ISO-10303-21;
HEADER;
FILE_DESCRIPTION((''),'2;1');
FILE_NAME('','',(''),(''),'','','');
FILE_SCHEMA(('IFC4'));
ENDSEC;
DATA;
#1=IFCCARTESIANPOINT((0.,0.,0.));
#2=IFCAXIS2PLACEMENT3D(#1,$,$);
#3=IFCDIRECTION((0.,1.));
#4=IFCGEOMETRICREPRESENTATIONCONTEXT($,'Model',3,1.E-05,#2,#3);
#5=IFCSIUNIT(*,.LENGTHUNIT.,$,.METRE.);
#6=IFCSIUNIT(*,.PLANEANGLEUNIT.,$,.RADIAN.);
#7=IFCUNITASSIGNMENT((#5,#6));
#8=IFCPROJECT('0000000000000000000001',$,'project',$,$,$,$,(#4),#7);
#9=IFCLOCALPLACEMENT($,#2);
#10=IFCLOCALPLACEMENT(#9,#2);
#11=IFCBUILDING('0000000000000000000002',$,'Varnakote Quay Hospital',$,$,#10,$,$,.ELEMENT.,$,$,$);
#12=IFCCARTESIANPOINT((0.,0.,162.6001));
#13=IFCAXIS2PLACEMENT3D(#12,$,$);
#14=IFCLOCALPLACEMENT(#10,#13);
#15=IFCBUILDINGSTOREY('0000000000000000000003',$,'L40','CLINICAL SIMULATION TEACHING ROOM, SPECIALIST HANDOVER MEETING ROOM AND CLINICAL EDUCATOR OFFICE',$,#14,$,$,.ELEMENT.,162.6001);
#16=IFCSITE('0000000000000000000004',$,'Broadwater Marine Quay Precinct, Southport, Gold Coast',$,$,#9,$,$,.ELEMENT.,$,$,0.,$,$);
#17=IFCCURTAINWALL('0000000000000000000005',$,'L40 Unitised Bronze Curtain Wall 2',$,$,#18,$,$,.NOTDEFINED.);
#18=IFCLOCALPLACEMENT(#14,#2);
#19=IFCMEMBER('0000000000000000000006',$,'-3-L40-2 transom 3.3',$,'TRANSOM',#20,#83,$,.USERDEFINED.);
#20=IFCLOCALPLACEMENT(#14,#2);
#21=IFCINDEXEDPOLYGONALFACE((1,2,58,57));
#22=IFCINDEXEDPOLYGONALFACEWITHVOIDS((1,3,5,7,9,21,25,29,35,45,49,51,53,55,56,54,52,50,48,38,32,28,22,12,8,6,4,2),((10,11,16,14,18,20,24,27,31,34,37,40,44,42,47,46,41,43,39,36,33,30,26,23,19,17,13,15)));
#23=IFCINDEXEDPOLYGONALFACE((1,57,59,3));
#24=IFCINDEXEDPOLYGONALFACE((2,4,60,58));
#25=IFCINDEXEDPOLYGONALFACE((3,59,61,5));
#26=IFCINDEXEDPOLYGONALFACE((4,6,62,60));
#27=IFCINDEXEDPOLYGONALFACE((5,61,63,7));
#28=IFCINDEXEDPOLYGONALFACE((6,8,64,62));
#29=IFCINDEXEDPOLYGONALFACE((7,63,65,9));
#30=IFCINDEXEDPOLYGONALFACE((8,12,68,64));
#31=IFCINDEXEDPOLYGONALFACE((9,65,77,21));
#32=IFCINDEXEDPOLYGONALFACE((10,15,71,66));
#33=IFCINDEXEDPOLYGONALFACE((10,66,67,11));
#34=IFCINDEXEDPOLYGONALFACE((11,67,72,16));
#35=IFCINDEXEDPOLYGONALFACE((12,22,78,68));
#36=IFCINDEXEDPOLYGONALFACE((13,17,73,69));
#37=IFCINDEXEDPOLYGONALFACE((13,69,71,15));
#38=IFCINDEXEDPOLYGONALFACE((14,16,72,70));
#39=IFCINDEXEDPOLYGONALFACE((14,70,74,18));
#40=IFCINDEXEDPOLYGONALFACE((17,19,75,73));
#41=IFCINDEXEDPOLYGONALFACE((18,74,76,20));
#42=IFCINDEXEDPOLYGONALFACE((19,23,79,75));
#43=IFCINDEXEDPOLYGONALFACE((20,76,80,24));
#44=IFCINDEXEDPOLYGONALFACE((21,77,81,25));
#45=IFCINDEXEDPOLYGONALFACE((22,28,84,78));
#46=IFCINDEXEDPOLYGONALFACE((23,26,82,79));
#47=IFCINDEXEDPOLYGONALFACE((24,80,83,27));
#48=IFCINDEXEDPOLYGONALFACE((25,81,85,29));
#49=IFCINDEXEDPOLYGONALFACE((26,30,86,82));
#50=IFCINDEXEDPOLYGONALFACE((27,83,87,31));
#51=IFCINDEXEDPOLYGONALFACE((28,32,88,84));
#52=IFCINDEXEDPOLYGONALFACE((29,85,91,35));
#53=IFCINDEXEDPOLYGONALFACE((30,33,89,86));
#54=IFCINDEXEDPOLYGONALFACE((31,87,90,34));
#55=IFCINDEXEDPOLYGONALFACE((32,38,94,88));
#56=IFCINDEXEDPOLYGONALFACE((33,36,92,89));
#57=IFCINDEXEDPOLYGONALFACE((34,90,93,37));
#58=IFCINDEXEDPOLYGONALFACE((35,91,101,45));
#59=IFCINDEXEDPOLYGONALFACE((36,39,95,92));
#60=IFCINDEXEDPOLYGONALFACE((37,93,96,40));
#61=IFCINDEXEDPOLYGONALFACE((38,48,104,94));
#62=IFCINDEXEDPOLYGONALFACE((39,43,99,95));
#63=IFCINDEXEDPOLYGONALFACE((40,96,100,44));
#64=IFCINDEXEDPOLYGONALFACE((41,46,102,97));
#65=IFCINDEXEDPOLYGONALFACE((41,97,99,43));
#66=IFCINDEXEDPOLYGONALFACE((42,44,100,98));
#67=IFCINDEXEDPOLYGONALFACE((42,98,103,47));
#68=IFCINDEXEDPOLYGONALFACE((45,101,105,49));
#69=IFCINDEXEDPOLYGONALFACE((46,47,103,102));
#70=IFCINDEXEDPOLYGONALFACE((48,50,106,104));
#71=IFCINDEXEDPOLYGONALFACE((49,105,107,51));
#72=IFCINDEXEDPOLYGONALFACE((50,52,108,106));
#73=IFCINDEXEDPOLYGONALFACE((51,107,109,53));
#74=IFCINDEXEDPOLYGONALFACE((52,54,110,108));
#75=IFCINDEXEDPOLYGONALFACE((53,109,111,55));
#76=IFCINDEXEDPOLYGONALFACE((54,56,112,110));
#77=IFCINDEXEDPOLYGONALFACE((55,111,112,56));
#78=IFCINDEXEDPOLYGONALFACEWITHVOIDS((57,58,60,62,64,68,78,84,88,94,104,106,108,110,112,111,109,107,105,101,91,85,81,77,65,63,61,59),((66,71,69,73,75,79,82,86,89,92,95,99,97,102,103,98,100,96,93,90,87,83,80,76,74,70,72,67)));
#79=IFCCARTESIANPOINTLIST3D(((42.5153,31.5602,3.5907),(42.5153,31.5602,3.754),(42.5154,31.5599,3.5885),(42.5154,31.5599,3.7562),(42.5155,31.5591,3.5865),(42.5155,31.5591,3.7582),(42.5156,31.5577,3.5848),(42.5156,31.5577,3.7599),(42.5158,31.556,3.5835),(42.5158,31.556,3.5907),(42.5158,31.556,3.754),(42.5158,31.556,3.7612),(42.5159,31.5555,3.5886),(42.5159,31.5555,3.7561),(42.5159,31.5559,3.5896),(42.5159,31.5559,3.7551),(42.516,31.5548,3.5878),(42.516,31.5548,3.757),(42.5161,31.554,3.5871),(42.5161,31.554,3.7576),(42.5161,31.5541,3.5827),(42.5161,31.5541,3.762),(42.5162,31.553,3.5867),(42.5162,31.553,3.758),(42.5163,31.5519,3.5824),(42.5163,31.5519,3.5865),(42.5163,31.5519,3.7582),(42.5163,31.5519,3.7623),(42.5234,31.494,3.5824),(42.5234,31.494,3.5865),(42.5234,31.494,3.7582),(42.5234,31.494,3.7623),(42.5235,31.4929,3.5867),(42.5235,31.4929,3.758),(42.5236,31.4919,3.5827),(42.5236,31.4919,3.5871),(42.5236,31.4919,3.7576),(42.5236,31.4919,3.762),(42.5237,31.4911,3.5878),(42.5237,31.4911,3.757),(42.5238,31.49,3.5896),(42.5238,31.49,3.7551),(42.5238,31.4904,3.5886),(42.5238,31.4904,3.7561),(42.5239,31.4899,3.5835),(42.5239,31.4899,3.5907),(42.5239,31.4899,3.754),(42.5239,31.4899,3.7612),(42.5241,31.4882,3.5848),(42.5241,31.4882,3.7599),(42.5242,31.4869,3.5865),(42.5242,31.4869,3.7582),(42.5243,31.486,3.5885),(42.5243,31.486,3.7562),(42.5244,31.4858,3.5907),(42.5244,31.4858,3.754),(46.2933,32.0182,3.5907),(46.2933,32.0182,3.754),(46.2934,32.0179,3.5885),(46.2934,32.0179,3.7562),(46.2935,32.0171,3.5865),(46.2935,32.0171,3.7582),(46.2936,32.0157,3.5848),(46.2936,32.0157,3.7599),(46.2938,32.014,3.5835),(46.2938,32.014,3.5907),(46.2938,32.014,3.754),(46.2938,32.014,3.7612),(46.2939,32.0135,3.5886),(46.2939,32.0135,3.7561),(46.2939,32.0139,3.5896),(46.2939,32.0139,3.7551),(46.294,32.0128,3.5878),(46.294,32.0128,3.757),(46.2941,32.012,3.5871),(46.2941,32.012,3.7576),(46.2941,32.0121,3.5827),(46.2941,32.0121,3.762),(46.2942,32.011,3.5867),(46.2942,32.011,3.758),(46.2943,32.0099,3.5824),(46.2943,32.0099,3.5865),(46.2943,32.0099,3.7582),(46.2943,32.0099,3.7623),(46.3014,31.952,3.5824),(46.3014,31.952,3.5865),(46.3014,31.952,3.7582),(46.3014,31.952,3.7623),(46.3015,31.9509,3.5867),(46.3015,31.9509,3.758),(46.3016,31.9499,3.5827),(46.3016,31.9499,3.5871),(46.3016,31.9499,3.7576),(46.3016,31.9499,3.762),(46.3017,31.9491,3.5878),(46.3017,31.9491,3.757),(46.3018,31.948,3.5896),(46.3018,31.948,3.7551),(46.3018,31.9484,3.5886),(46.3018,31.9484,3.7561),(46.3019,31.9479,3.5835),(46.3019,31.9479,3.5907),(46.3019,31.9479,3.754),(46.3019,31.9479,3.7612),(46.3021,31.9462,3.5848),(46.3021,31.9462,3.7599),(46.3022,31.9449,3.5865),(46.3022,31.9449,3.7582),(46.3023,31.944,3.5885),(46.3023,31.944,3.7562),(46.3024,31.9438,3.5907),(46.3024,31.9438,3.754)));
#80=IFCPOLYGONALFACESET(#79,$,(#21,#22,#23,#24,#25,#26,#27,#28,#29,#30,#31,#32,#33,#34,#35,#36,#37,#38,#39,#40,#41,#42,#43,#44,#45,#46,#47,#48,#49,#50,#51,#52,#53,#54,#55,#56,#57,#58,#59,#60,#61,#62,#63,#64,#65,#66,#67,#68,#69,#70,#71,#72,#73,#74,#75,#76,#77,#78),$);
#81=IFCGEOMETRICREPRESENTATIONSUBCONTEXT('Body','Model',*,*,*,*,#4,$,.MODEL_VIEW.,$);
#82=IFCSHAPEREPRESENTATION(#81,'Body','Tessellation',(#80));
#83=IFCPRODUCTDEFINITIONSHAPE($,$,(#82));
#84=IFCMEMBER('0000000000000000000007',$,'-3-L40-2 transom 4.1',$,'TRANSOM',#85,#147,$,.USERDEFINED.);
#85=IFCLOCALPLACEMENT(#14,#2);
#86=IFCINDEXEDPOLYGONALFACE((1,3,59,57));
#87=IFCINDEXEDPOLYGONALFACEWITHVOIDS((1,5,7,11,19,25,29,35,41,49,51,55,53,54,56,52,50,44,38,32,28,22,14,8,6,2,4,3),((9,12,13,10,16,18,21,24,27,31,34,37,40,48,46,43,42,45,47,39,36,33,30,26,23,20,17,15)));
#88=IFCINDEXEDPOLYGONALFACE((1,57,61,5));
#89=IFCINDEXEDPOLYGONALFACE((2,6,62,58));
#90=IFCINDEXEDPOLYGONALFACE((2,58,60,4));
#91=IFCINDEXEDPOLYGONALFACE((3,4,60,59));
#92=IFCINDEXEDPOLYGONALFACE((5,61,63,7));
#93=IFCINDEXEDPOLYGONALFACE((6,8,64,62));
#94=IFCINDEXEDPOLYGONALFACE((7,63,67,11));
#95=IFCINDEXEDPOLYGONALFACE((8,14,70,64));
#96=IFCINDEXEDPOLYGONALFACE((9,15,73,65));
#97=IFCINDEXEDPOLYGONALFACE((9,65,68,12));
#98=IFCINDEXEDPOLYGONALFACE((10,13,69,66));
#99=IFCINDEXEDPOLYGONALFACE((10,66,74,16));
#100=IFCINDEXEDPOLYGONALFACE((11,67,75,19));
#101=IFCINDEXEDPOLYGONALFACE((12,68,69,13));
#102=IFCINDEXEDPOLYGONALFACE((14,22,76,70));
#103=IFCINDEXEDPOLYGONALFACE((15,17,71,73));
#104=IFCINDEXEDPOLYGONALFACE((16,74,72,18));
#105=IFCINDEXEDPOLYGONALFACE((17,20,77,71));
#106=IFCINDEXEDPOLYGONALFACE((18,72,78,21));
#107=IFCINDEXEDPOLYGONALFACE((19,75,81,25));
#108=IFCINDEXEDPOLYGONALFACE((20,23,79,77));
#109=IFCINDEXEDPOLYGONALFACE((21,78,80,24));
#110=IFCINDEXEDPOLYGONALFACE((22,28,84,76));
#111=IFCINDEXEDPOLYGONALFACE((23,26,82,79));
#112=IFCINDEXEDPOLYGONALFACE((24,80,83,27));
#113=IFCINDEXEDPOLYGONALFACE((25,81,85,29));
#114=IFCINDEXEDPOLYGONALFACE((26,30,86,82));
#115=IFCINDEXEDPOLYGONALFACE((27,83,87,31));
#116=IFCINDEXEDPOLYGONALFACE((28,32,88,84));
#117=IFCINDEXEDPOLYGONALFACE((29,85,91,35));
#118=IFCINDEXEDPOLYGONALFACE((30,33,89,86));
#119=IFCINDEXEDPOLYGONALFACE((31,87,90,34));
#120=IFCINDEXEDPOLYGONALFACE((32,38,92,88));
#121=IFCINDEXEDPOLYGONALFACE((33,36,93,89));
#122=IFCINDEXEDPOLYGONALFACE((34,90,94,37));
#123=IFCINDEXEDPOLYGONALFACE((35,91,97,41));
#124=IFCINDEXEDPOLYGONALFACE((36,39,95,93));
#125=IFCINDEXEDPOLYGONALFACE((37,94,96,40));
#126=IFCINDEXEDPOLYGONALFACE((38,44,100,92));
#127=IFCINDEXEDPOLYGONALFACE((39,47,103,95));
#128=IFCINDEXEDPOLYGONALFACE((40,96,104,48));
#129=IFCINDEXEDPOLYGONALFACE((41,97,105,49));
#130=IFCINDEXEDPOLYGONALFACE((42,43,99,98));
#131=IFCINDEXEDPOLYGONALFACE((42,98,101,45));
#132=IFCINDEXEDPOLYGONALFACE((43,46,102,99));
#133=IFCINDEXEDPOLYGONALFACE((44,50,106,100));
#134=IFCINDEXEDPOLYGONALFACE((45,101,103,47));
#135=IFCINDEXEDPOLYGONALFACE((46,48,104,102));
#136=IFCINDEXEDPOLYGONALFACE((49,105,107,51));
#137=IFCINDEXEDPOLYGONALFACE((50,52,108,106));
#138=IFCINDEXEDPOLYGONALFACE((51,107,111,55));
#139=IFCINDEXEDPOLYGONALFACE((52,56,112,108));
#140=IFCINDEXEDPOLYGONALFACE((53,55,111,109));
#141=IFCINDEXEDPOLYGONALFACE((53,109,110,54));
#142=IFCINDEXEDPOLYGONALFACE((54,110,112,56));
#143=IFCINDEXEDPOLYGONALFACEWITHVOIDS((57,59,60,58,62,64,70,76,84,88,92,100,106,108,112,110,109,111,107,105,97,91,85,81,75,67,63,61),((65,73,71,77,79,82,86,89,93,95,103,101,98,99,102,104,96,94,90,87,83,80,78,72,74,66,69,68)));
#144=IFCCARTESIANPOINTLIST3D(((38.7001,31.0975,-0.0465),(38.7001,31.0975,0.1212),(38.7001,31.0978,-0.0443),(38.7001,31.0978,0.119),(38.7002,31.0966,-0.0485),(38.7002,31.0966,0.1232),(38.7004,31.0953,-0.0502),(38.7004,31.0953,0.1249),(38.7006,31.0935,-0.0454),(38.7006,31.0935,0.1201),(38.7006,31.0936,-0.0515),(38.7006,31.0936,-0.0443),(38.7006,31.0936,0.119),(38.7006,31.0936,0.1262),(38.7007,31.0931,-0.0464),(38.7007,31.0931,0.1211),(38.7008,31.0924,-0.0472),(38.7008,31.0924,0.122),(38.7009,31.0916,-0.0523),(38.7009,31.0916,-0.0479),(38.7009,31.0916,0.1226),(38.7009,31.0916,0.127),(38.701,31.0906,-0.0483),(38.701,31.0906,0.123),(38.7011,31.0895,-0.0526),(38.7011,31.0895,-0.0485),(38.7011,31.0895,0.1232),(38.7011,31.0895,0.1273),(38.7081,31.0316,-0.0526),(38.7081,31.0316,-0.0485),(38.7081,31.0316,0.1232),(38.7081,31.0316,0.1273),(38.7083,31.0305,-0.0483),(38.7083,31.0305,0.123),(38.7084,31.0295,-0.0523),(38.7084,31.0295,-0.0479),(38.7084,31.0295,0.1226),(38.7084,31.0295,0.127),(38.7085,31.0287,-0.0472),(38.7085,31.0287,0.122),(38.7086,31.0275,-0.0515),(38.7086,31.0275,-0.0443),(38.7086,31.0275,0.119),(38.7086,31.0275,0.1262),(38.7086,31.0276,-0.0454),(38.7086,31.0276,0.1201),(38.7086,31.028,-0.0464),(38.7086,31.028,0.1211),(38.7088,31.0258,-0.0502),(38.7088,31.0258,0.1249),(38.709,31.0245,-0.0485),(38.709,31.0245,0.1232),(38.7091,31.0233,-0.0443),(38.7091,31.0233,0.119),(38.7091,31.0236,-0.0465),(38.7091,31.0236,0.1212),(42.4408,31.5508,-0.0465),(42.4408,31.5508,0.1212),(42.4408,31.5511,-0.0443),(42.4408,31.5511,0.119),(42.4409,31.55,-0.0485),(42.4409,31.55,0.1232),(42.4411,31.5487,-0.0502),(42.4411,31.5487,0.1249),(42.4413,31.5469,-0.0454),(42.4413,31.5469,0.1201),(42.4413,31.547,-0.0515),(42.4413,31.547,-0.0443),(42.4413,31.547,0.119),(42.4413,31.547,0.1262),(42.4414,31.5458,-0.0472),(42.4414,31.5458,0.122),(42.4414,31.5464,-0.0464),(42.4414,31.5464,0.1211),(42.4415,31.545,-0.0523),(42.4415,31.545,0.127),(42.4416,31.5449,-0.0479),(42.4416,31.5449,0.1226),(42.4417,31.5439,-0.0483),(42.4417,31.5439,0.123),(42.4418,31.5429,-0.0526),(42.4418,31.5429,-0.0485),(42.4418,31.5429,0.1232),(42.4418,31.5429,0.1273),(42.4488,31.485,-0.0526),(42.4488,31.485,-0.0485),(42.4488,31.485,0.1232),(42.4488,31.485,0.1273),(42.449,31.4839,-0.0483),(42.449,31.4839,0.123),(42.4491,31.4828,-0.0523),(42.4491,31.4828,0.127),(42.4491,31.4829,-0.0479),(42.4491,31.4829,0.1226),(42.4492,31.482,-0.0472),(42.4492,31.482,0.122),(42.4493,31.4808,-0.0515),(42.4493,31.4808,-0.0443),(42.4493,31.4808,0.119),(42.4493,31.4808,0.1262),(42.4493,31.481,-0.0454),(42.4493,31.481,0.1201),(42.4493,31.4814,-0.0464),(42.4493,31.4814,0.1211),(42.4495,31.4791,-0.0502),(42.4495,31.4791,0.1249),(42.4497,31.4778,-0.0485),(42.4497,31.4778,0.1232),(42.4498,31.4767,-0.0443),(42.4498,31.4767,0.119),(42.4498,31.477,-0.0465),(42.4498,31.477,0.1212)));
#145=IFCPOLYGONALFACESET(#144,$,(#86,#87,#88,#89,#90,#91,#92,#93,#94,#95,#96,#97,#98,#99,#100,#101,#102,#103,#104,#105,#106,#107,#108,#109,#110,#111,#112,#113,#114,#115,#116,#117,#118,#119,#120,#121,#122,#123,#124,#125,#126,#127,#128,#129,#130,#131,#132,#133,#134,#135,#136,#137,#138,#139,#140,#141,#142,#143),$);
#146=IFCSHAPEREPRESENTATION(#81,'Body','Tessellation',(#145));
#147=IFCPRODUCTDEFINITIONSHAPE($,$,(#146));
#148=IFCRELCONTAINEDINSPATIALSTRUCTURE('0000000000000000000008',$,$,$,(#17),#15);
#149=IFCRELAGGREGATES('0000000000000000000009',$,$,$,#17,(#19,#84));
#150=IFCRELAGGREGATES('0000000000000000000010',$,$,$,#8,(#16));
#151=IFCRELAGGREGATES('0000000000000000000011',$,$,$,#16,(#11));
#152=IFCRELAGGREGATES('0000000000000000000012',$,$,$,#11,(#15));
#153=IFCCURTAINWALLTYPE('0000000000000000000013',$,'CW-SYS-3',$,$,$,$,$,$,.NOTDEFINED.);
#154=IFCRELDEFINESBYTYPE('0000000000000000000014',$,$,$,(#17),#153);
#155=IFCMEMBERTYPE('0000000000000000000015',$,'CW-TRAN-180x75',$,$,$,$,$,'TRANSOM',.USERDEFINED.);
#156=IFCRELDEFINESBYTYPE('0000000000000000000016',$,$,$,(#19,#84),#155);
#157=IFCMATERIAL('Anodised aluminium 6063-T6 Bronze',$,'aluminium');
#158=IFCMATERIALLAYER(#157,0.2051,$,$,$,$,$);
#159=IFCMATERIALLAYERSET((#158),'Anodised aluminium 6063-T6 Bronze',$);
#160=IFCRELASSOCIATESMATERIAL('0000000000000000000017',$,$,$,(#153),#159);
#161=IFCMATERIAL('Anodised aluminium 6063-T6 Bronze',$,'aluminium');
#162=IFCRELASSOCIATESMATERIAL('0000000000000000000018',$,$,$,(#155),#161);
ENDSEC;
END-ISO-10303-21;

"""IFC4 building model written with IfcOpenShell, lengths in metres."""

from ifc_helpers import new_model, si_unit, direction, frame, origin, origin_2d, place, context, subcontext, project, spatial, hollow_rectangle, extrude, material, layer, layer_set, material_profile, profile_set, type_object, element, aggregate, save


model = new_model("IFC4")

# Units and contexts
model_context = context("Model", 3, precision=1e-05, world=origin(), true_north=direction((0.0, 1.0)))
body_context = subcontext(model_context, "Body", "Model", "MODEL_VIEW")
ifc_project = project(units=[si_unit("LENGTHUNIT", "METRE"), si_unit("PLANEANGLEUNIT", "RADIAN")], contexts=[model_context])

# Site, building, storey
site_placement = place(None, origin())
site = spatial("IfcSite", under=ifc_project, at=site_placement, Name="Broadwater Marine Quay Precinct, Southport, Gold Coast", CompositionType="ELEMENT", RefElevation=0.0)
building_placement = place(site_placement, origin())
building = spatial("IfcBuilding", under=site, at=building_placement, Name="Varnakote Quay Hospital", CompositionType="ELEMENT")
storey_placement = place(building_placement, frame((0.0, 0.0, 162.6001)))
storey = spatial("IfcBuildingStorey", under=building, at=storey_placement, Name="L40", Description="CLINICAL SIMULATION TEACHING ROOM, SPECIALIST HANDOVER MEETING ROOM AND CLINICAL EDUCATOR OFFICE", CompositionType="ELEMENT", Elevation=162.6001)

# Curtain wall, members
ifc_material_1 = material(Name="Anodised aluminium 6063-T6 Bronze", Category="aluminium")
ifc_layer_1 = layer(ifc_material_1, 0.2051)
ifc_layer_set_1 = layer_set([ifc_layer_1], Name="Anodised aluminium 6063-T6 Bronze")
curtain_wall_type = type_object("IfcCurtainWallType", Name="CW-SYS-3", PredefinedType="NOTDEFINED", material=ifc_layer_set_1)
curtain_wall_placement = place(storey_placement, origin())
curtain_wall = element("IfcCurtainWall", 1, at=curtain_wall_placement, inside=storey, type_object=curtain_wall_type, Name="L40 Unitised Bronze Curtain Wall 2", PredefinedType="NOTDEFINED")
ifc_material_2 = material(Name="Anodised aluminium 6063-T6 Bronze", Category="aluminium")
ifc_material_profile_1 = material_profile(ifc_material_2, hollow_rectangle(XDim=0.075, YDim=0.1799, WallThickness=0.0042, InnerFilletRadius=0.0042, OuterFilletRadius=0.0083, at=origin_2d()), Name="CW-TRAN-180x75")
ifc_profile_set_1 = profile_set([ifc_material_profile_1], Name="Anodised aluminium 6063-T6 Bronze")
member_type_1 = type_object("IfcMemberType", Name="CW-TRAN-180x75", ElementType="TRANSOM", PredefinedType="USERDEFINED", material=ifc_profile_set_1)
member_1_placement = place(storey_placement, frame((46.2979, 31.981, 3.6724), z_axis=(-0.992732, -0.120347, 0.0), x_axis=(0.120347, -0.992732, 0.0)))
member_1 = element("IfcMember", 2, at=member_1_placement, type_object=member_type_1, Name="-3-L40-2 transom 3.3", ObjectType="TRANSOM", PredefinedType="USERDEFINED", context=body_context, shape_type="SweptSolid", body=[
    extrude(hollow_rectangle(XDim=0.075, YDim=0.1799, WallThickness=0.0042, InnerFilletRadius=0.0042, OuterFilletRadius=0.0083, at=origin_2d()), origin(), (0.0, 0.0, 1.0), 3.8057),
])
member_2_placement = place(storey_placement, frame((42.4453, 31.5139, 0.0374), z_axis=(-0.992735, -0.120318, 0.0), x_axis=(0.120318, -0.992735, 0.0)))
member_2 = element("IfcMember", 3, at=member_2_placement, type_object=member_type_1, Name="-3-L40-2 transom 4.1", ObjectType="TRANSOM", PredefinedType="USERDEFINED", context=body_context, shape_type="SweptSolid", body=[
    extrude(hollow_rectangle(XDim=0.075, YDim=0.1799, WallThickness=0.0042, InnerFilletRadius=0.0042, OuterFilletRadius=0.0083, at=origin_2d()), origin(), (0.0, 0.0, 1.0), 3.7681),
])

aggregate(curtain_wall, [member_1, member_2])

save(model, "model.ifc")
